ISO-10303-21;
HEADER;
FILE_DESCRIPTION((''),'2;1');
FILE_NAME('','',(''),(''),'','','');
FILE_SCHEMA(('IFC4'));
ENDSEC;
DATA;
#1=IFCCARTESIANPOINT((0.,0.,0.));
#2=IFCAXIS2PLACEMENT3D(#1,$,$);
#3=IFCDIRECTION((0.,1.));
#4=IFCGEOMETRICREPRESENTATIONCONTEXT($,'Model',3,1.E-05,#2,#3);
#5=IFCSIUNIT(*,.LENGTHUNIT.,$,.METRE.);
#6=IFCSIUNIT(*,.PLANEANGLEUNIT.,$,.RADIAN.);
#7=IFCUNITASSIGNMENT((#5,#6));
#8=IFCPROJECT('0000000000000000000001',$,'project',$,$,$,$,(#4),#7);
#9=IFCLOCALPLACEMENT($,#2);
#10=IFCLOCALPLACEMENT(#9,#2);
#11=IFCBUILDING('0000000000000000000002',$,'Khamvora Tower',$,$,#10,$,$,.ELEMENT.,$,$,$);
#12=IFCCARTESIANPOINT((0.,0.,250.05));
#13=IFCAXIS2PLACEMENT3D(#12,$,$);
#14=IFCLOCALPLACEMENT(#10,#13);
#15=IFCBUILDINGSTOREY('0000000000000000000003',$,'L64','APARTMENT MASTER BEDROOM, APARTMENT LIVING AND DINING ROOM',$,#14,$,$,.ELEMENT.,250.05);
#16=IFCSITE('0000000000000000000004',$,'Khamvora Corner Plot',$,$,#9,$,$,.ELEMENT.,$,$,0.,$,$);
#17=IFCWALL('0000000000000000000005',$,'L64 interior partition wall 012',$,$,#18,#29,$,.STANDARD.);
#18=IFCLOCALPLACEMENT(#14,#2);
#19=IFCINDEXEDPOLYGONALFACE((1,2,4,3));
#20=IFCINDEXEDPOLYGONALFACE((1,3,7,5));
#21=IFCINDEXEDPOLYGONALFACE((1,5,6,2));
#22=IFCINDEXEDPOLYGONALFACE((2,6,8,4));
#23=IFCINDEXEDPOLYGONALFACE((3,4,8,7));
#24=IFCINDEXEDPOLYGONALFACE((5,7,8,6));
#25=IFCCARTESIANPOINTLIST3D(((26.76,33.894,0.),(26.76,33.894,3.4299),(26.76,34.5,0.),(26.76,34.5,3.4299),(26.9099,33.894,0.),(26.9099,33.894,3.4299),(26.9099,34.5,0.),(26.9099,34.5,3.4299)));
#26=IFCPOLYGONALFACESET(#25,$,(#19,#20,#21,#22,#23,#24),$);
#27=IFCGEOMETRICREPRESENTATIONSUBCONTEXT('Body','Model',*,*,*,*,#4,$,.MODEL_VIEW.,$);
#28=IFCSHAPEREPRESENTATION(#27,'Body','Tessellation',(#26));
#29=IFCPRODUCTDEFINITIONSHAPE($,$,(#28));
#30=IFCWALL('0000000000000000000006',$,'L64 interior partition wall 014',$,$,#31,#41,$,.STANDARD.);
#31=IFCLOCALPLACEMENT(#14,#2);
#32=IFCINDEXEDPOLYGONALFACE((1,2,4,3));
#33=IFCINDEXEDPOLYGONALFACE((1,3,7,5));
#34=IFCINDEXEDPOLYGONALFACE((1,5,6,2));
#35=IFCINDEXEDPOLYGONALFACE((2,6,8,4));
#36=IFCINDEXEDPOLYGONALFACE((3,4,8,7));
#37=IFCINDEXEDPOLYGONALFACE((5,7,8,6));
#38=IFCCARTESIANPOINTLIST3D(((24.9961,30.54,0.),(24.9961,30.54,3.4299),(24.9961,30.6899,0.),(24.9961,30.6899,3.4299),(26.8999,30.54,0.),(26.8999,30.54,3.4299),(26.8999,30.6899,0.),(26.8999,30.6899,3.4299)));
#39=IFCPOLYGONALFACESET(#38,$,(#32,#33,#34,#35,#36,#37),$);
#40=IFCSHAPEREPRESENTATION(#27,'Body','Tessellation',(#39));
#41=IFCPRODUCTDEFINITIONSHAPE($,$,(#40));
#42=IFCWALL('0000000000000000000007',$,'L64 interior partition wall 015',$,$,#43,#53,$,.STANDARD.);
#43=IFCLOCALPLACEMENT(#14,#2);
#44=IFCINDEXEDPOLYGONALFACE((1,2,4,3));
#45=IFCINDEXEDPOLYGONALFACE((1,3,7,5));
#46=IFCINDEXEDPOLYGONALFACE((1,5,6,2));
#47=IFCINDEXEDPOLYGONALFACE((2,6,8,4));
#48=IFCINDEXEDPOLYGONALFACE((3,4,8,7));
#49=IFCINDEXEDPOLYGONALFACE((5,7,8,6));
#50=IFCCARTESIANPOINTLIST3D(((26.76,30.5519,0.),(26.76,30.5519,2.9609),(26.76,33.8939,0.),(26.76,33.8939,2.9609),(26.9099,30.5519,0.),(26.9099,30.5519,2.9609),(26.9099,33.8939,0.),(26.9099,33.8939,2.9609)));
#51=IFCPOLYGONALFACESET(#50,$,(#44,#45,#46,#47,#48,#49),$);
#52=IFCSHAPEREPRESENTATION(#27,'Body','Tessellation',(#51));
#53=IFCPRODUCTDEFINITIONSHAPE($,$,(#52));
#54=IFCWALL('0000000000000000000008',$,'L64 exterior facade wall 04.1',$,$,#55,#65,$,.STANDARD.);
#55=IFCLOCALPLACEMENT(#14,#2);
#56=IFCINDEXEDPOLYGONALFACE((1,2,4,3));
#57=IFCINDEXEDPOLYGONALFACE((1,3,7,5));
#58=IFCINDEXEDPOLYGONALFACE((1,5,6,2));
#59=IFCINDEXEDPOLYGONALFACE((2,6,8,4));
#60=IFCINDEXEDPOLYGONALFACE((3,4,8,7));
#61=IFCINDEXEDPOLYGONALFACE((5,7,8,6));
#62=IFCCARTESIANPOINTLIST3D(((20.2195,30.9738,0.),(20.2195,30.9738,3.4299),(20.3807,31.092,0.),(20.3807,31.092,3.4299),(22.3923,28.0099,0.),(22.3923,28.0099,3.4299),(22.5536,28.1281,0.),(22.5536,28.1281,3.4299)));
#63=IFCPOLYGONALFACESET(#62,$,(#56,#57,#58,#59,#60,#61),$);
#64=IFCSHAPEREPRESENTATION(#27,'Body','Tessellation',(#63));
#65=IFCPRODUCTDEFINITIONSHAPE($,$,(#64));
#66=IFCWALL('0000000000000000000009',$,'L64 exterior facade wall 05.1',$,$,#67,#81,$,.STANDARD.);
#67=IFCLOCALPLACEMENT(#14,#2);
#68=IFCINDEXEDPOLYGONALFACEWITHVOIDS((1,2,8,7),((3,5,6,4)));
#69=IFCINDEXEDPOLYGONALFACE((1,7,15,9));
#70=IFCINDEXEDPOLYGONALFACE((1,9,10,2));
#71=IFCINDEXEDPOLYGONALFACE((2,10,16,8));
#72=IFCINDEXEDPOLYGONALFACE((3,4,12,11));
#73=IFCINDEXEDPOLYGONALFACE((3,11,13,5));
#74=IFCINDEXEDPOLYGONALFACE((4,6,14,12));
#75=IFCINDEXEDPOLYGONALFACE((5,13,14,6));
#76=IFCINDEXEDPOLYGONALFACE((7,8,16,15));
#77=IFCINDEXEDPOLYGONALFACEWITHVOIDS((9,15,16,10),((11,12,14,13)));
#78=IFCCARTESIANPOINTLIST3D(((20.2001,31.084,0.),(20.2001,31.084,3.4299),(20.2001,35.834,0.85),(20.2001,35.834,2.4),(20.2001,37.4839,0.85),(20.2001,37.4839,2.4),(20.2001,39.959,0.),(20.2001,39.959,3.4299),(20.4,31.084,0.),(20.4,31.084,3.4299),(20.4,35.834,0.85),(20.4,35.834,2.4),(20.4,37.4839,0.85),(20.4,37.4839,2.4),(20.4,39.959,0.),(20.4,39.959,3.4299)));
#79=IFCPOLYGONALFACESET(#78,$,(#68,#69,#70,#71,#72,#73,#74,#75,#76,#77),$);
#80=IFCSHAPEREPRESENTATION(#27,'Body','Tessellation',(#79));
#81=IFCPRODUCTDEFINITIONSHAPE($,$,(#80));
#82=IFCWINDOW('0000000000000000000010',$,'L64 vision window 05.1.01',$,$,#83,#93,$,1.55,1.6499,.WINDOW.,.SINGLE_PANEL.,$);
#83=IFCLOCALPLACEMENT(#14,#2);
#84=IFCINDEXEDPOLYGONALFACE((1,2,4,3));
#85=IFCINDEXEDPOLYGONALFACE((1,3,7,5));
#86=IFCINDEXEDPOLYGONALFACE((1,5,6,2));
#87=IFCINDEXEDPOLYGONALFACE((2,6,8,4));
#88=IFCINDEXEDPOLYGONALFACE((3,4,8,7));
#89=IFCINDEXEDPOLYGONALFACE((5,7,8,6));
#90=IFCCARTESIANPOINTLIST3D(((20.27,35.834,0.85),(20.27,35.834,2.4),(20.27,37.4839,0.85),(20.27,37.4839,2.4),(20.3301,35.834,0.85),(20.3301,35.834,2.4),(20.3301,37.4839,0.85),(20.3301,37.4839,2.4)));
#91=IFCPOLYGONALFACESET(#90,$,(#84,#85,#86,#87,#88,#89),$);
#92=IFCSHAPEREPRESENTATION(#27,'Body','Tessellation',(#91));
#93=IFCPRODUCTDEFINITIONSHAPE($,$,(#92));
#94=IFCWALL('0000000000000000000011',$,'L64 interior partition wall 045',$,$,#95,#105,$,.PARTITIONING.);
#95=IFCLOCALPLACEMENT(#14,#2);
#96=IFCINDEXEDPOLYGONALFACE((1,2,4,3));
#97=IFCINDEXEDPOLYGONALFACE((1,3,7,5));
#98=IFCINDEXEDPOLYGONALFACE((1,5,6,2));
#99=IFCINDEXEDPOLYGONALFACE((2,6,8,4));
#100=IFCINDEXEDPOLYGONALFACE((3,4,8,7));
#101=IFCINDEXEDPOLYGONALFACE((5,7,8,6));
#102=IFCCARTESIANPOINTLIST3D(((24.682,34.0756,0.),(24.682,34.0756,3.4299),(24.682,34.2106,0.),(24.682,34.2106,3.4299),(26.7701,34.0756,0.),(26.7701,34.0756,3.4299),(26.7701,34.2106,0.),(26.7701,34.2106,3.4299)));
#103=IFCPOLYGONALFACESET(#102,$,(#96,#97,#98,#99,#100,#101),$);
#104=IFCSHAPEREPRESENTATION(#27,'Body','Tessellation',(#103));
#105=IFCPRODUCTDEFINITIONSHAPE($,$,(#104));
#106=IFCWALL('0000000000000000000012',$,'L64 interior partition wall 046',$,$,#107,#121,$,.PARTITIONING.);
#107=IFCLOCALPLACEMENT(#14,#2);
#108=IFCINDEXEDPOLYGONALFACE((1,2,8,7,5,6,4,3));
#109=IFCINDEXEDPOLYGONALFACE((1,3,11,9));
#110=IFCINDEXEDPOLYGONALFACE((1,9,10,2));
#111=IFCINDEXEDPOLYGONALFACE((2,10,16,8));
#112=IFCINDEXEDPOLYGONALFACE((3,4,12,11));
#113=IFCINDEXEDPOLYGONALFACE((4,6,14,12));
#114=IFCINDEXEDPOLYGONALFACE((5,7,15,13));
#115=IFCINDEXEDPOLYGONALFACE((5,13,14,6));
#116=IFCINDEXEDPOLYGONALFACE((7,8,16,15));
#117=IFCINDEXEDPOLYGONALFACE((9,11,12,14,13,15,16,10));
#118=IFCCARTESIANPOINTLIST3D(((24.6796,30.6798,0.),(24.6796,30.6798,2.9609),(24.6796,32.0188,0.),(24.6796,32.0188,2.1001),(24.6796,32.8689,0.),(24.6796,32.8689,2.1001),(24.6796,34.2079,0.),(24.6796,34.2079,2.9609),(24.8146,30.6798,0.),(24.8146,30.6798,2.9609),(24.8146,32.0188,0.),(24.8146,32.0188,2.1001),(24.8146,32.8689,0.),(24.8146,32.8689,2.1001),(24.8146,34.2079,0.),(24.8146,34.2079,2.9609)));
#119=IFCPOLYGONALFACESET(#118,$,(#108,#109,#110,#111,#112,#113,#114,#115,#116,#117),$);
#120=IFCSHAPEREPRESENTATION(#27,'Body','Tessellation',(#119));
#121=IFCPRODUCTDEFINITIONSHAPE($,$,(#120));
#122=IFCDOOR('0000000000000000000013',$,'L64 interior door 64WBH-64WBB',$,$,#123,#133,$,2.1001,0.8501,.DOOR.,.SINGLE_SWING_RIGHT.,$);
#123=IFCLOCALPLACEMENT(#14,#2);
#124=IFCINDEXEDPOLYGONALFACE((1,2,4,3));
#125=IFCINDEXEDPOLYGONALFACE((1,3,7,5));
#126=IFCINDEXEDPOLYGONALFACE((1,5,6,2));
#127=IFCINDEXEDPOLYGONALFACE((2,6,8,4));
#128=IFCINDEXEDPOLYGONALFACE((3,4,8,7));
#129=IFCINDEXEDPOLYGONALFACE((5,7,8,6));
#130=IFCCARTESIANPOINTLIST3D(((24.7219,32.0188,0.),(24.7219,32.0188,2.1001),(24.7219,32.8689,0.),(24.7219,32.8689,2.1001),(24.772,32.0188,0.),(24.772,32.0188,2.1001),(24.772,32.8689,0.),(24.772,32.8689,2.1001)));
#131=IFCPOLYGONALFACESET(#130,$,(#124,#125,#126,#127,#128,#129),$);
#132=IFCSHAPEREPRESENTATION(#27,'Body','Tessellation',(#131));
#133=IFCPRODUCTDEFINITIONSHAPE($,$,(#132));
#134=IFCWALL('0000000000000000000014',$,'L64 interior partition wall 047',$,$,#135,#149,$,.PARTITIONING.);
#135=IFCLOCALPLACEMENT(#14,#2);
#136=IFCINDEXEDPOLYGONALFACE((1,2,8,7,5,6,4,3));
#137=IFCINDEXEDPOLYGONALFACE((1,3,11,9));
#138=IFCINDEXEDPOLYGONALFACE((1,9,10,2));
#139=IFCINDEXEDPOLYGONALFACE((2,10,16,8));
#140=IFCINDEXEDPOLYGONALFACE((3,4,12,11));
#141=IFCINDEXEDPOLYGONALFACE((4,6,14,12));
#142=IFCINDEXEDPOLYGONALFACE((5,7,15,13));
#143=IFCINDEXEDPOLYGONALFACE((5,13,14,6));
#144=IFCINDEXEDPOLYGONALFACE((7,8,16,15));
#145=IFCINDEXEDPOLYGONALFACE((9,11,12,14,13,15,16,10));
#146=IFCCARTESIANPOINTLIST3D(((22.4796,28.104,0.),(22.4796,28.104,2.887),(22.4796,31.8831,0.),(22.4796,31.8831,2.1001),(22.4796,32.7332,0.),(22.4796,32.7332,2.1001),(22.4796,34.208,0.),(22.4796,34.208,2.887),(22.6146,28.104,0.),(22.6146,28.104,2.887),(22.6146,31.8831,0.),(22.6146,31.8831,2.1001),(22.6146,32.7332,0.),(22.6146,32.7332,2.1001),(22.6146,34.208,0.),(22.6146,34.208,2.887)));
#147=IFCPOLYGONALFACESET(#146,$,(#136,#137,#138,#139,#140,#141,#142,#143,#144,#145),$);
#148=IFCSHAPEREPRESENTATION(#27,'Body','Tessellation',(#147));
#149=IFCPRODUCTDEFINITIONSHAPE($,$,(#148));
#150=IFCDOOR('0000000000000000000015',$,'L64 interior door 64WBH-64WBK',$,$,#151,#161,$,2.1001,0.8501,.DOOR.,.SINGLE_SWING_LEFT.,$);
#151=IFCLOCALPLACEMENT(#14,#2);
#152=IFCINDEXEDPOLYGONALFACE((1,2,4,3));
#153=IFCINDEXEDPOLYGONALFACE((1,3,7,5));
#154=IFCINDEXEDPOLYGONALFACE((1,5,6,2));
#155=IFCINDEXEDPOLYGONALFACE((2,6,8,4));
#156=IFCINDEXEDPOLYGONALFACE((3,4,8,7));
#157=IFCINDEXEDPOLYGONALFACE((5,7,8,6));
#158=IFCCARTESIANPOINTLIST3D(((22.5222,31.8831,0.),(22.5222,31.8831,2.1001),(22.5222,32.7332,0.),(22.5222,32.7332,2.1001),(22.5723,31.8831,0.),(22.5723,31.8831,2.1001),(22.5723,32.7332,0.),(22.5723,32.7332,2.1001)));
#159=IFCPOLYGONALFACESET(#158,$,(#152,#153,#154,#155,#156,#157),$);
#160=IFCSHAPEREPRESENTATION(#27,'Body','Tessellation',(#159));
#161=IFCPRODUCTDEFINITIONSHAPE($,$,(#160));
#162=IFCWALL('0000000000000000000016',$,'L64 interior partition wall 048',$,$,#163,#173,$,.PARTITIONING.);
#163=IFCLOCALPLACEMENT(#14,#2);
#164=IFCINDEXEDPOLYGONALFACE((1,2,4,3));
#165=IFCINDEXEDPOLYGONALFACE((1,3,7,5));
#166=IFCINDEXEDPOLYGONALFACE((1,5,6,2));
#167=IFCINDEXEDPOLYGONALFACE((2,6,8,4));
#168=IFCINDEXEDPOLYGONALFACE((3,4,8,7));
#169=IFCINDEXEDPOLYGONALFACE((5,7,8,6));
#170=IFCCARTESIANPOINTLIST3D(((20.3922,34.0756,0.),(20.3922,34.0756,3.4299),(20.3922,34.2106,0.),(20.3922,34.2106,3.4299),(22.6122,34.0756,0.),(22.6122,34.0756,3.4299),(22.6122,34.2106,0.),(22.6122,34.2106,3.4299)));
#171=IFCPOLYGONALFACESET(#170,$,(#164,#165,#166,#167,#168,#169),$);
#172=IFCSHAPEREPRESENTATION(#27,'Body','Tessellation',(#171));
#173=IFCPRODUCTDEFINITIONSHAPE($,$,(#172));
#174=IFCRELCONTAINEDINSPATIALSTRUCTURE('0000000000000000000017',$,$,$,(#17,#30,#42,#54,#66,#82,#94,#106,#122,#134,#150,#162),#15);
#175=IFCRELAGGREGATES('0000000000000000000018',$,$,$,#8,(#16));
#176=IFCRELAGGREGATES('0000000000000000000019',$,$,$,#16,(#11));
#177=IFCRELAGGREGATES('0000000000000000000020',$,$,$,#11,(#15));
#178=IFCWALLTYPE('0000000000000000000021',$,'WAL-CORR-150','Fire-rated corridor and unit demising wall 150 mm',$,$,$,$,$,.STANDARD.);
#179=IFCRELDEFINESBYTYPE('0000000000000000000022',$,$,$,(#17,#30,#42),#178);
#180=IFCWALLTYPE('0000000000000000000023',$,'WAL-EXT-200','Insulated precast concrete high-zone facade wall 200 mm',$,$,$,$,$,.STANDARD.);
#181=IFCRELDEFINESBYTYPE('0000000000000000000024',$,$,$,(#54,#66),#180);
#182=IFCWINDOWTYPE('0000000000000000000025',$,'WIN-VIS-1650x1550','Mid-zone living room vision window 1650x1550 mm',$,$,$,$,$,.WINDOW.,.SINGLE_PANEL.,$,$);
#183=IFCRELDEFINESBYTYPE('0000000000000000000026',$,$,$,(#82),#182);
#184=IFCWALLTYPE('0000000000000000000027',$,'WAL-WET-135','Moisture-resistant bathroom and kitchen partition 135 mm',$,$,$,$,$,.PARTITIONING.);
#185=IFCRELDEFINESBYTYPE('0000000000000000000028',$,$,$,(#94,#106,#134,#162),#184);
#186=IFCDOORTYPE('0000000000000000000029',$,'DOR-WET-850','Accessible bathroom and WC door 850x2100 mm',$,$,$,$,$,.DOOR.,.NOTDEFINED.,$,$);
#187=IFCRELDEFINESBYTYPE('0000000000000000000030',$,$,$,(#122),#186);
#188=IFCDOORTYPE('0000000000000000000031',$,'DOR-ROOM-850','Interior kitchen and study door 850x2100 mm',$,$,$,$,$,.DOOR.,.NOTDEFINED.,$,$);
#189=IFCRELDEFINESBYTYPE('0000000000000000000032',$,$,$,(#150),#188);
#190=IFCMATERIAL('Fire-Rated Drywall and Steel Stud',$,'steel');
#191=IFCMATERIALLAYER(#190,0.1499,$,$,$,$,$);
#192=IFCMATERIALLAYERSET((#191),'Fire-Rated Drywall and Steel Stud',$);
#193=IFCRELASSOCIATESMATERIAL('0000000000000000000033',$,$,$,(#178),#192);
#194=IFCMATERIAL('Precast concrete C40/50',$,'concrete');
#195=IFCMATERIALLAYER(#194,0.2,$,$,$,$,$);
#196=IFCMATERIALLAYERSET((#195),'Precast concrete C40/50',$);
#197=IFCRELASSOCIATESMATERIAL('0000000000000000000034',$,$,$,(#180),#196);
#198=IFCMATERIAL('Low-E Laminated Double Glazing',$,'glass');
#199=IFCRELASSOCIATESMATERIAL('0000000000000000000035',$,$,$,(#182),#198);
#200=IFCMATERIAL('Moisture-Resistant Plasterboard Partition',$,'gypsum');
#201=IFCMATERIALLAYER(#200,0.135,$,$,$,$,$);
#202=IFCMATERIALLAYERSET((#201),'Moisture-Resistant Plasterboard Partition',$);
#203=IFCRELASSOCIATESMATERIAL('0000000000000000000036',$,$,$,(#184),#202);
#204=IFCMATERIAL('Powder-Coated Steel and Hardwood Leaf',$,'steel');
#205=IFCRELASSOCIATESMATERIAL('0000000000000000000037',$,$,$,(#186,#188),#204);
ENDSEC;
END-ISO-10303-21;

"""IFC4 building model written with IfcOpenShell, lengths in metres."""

from ifc_helpers import new_model, si_unit, direction, frame, frame_2d, origin, place, context, subcontext, project, spatial, rectangle, extrude, material, layer, layer_set, type_object, element, fill, save


model = new_model("IFC4")

# Units and contexts
model_context = context("Model", 3, precision=1e-05, world=origin(), true_north=direction((0.0, 1.0)))
body_context = subcontext(model_context, "Body", "Model", "MODEL_VIEW")
ifc_project = project(units=[si_unit("LENGTHUNIT", "METRE"), si_unit("PLANEANGLEUNIT", "RADIAN")], contexts=[model_context])

# Site, building, storey
site_placement = place(None, origin())
site = spatial("IfcSite", under=ifc_project, at=site_placement, Name="Khamvora Corner Plot", CompositionType="ELEMENT", RefElevation=0.0)
building_placement = place(site_placement, origin())
building = spatial("IfcBuilding", under=site, at=building_placement, Name="Khamvora Tower", CompositionType="ELEMENT")
storey_placement = place(building_placement, frame((0.0, 0.0, 250.05)))
storey = spatial("IfcBuildingStorey", under=building, at=storey_placement, Name="L64", Description="APARTMENT MASTER BEDROOM, APARTMENT LIVING AND DINING ROOM", CompositionType="ELEMENT", Elevation=250.05)

# Shared definitions
ifc_material_1 = material(Name="Fire-Rated Drywall and Steel Stud", Category="steel")
ifc_layer_1 = layer(ifc_material_1, 0.1499)
ifc_layer_set_1 = layer_set([ifc_layer_1], Name="Fire-Rated Drywall and Steel Stud")
wall_type_1 = type_object("IfcWallType", Name="WAL-CORR-150", Description="Fire-rated corridor and unit demising wall 150 mm", PredefinedType="STANDARD", material=ifc_layer_set_1)

# Shared definitions
ifc_material_2 = material(Name="Powder-Coated Steel and Hardwood Leaf", Category="steel")

# Walls
wall_1_placement = place(storey_placement, frame((26.835, 33.894, 0.0), z_axis=(0.0, 0.0, 1.0), x_axis=(0.0, 1.0, 0.0)))
element("IfcWall", 1, at=wall_1_placement, inside=storey, type_object=wall_type_1, Name="L64 interior partition wall 012", PredefinedType="STANDARD", context=body_context, shape_type="SweptSolid", body=[
    extrude(rectangle(XDim=0.606, YDim=0.1499, at=frame_2d((0.303, 0.0))), origin(), (0.0, 0.0, 1.0), 3.4299),
])
wall_2_placement = place(storey_placement, frame((24.9961, 30.615, 0.0), z_axis=(0.0, 0.0, 1.0), x_axis=(1.0, 0.0, 0.0)))
element("IfcWall", 2, at=wall_2_placement, inside=storey, type_object=wall_type_1, Name="L64 interior partition wall 014", PredefinedType="STANDARD", context=body_context, shape_type="SweptSolid", body=[
    extrude(rectangle(XDim=1.9038, YDim=0.1499, at=frame_2d((0.9519, 0.0))), origin(), (0.0, 0.0, 1.0), 3.4299),
])
wall_3_placement = place(storey_placement, frame((26.835, 30.552, 0.0), z_axis=(0.0, 0.0, 1.0), x_axis=(0.0, 1.0, 0.0)))
element("IfcWall", 3, at=wall_3_placement, inside=storey, type_object=wall_type_1, Name="L64 interior partition wall 015", PredefinedType="STANDARD", context=body_context, shape_type="SweptSolid", body=[
    extrude(rectangle(XDim=3.342, YDim=0.1499, at=frame_2d((1.6709, 0.0))), origin(), (0.0, 0.0, 1.0), 2.9609),
])
ifc_material_3 = material(Name="Precast concrete C40/50", Category="concrete")
ifc_layer_2 = layer(ifc_material_3, 0.2)
ifc_layer_set_2 = layer_set([ifc_layer_2], Name="Precast concrete C40/50")
wall_type_2 = type_object("IfcWallType", Name="WAL-EXT-200", Description="Insulated precast concrete high-zone facade wall 200 mm", PredefinedType="STANDARD", material=ifc_layer_set_2)
wall_4_placement = place(storey_placement, frame((22.4729, 28.0691, 0.0), z_axis=(0.0, 0.0, 1.0), x_axis=(-0.591248, 0.806489, 0.0)))
element("IfcWall", 4, at=wall_4_placement, inside=storey, type_object=wall_type_2, Name="L64 exterior facade wall 04.1", PredefinedType="STANDARD", context=body_context, shape_type="SweptSolid", body=[
    extrude(rectangle(XDim=3.675, YDim=0.2, at=frame_2d((1.8374, 0.0))), origin(), (0.0, 0.0, 1.0), 3.4299),
])

# Wall, opening, window
wall_5_placement = place(storey_placement, frame((20.3, 31.084, 0.0), z_axis=(0.0, 0.0, 1.0), x_axis=(0.0, 1.0, 0.0)))
wall_5 = element("IfcWall", 5, at=wall_5_placement, inside=storey, type_object=wall_type_2, Name="L64 exterior facade wall 05.1", PredefinedType="STANDARD", context=body_context, shape_type="SweptSolid", body=[
    extrude(rectangle(XDim=8.875, YDim=0.2, at=frame_2d((4.4375, 0.0))), origin(), (0.0, 0.0, 1.0), 3.4299),
])
opening_1_placement = place(wall_5_placement, frame((4.75, 0.0, 0.8501)))
opening_1 = element("IfcOpeningElement", 6, at=opening_1_placement, cuts=wall_5, PredefinedType="OPENING", context=body_context, shape_type="SweptSolid", body=[
    extrude(rectangle(XDim=1.6499, YDim=1.55, at=frame_2d((0.825, 0.7749))), frame((0.0, 0.1099, 0.0), z_axis=(0.0, -1.0, 0.0), x_axis=(1.0, 0.0, 0.0)), (0.0, 0.0, 1.0), 0.22),
])
ifc_material_4 = material(Name="Low-E Laminated Double Glazing", Category="glass")
window_type = type_object("IfcWindowType", Name="WIN-VIS-1650x1550", Description="Mid-zone living room vision window 1650x1550 mm", PartitioningType="SINGLE_PANEL", PredefinedType="WINDOW", material=ifc_material_4)
window_placement = place(opening_1_placement, origin())
window = element("IfcWindow", 7, at=window_placement, inside=storey, type_object=window_type, Name="L64 vision window 05.1.01", OverallHeight=1.55, OverallWidth=1.6499, PartitioningType="SINGLE_PANEL", PredefinedType="WINDOW", context=body_context, shape_type="SweptSolid", body=[
    extrude(rectangle(XDim=1.6499, YDim=1.55, at=frame_2d((0.825, 0.7749))), frame((0.0, 0.03, 0.0), z_axis=(0.0, -1.0, 0.0), x_axis=(1.0, 0.0, 0.0)), (0.0, 0.0, 1.0), 0.0601),
])
fill(opening_1, window)

# Wall
ifc_material_5 = material(Name="Moisture-Resistant Plasterboard Partition", Category="gypsum")
ifc_layer_3 = layer(ifc_material_5, 0.135)
ifc_layer_set_3 = layer_set([ifc_layer_3], Name="Moisture-Resistant Plasterboard Partition")
wall_type_3 = type_object("IfcWallType", Name="WAL-WET-135", Description="Moisture-resistant bathroom and kitchen partition 135 mm", PredefinedType="PARTITIONING", material=ifc_layer_set_3)
wall_6_placement = place(storey_placement, frame((26.77, 34.1431, 0.0), z_axis=(0.0, 0.0, 1.0), x_axis=(-1.0, 0.0, 0.0)))
element("IfcWall", 8, at=wall_6_placement, inside=storey, type_object=wall_type_3, Name="L64 interior partition wall 045", PredefinedType="PARTITIONING", context=body_context, shape_type="SweptSolid", body=[
    extrude(rectangle(XDim=2.0881, YDim=0.135, at=frame_2d((1.0439, 0.0))), origin(), (0.0, 0.0, 1.0), 3.4299),
])

# Walls, openings, doors
wall_7_placement = place(storey_placement, frame((24.7471, 34.208, 0.0), z_axis=(0.0, 0.0, 1.0), x_axis=(0.0, -1.0, 0.0)))
wall_7 = element("IfcWall", 9, at=wall_7_placement, inside=storey, type_object=wall_type_3, Name="L64 interior partition wall 046", PredefinedType="PARTITIONING", context=body_context, shape_type="SweptSolid", body=[
    extrude(rectangle(XDim=3.5281, YDim=0.135, at=frame_2d((1.7642, 0.0))), origin(), (0.0, 0.0, 1.0), 2.9609),
])
opening_2_placement = place(wall_7_placement, frame((1.3391, 0.0, 0.0)))
opening_2 = element("IfcOpeningElement", 10, at=opening_2_placement, cuts=wall_7, PredefinedType="OPENING", context=body_context, shape_type="SweptSolid", body=[
    extrude(rectangle(XDim=0.8501, YDim=2.1001, at=frame_2d((0.425, 1.05))), frame((0.0, 0.0774, 0.0), z_axis=(0.0, -1.0, 0.0), x_axis=(1.0, 0.0, 0.0)), (0.0, 0.0, 1.0), 0.155),
])
door_type_1 = type_object("IfcDoorType", Name="DOR-WET-850", Description="Accessible bathroom and WC door 850x2100 mm", OperationType="NOTDEFINED", PredefinedType="DOOR", material=ifc_material_2)
door_1_placement = place(opening_2_placement, origin())
door_1 = element("IfcDoor", 11, at=door_1_placement, inside=storey, type_object=door_type_1, Name="L64 interior door 64WBH-64WBB", OperationType="SINGLE_SWING_RIGHT", OverallHeight=2.1001, OverallWidth=0.8501, PredefinedType="DOOR", context=body_context, shape_type="SweptSolid", body=[
    extrude(rectangle(XDim=0.8501, YDim=2.1001, at=frame_2d((0.425, 1.05))), frame((0.0, 0.0249, 0.0), z_axis=(0.0, -1.0, 0.0), x_axis=(1.0, 0.0, 0.0)), (0.0, 0.0, 1.0), 0.05),
])
fill(opening_2, door_1)
wall_8_placement = place(storey_placement, frame((22.5471, 28.104, 0.0), z_axis=(0.0, 0.0, 1.0), x_axis=(0.0, 1.0, 0.0)))
wall_8 = element("IfcWall", 12, at=wall_8_placement, inside=storey, type_object=wall_type_3, Name="L64 interior partition wall 047", PredefinedType="PARTITIONING", context=body_context, shape_type="SweptSolid", body=[
    extrude(rectangle(XDim=6.104, YDim=0.135, at=frame_2d((3.052, 0.0))), origin(), (0.0, 0.0, 1.0), 2.887),
])
opening_3_placement = place(wall_8_placement, frame((3.7791, 0.0, 0.0)))
opening_3 = element("IfcOpeningElement", 13, at=opening_3_placement, cuts=wall_8, PredefinedType="OPENING", context=body_context, shape_type="SweptSolid", body=[
    extrude(rectangle(XDim=0.8501, YDim=2.1001, at=frame_2d((0.425, 1.05))), frame((0.0, 0.0774, 0.0), z_axis=(0.0, -1.0, 0.0), x_axis=(1.0, 0.0, 0.0)), (0.0, 0.0, 1.0), 0.155),
])
door_type_2 = type_object("IfcDoorType", Name="DOR-ROOM-850", Description="Interior kitchen and study door 850x2100 mm", OperationType="NOTDEFINED", PredefinedType="DOOR", material=ifc_material_2)
door_2_placement = place(opening_3_placement, origin())
door_2 = element("IfcDoor", 14, at=door_2_placement, inside=storey, type_object=door_type_2, Name="L64 interior door 64WBH-64WBK", OperationType="SINGLE_SWING_LEFT", OverallHeight=2.1001, OverallWidth=0.8501, PredefinedType="DOOR", context=body_context, shape_type="SweptSolid", body=[
    extrude(rectangle(XDim=0.8501, YDim=2.1001, at=frame_2d((0.425, 1.05))), frame((0.0, 0.0249, 0.0), z_axis=(0.0, -1.0, 0.0), x_axis=(1.0, 0.0, 0.0)), (0.0, 0.0, 1.0), 0.05),
])
fill(opening_3, door_2)

# Wall
wall_9_placement = place(storey_placement, frame((22.6121, 34.1431, 0.0), z_axis=(0.0, 0.0, 1.0), x_axis=(-1.0, 0.0, 0.0)))
element("IfcWall", 15, at=wall_9_placement, inside=storey, type_object=wall_type_3, Name="L64 interior partition wall 048", PredefinedType="PARTITIONING", context=body_context, shape_type="SweptSolid", body=[
    extrude(rectangle(XDim=2.22, YDim=0.135, at=frame_2d((1.1099, 0.0))), origin(), (0.0, 0.0, 1.0), 3.4299),
])

save(model, "model.ifc")
